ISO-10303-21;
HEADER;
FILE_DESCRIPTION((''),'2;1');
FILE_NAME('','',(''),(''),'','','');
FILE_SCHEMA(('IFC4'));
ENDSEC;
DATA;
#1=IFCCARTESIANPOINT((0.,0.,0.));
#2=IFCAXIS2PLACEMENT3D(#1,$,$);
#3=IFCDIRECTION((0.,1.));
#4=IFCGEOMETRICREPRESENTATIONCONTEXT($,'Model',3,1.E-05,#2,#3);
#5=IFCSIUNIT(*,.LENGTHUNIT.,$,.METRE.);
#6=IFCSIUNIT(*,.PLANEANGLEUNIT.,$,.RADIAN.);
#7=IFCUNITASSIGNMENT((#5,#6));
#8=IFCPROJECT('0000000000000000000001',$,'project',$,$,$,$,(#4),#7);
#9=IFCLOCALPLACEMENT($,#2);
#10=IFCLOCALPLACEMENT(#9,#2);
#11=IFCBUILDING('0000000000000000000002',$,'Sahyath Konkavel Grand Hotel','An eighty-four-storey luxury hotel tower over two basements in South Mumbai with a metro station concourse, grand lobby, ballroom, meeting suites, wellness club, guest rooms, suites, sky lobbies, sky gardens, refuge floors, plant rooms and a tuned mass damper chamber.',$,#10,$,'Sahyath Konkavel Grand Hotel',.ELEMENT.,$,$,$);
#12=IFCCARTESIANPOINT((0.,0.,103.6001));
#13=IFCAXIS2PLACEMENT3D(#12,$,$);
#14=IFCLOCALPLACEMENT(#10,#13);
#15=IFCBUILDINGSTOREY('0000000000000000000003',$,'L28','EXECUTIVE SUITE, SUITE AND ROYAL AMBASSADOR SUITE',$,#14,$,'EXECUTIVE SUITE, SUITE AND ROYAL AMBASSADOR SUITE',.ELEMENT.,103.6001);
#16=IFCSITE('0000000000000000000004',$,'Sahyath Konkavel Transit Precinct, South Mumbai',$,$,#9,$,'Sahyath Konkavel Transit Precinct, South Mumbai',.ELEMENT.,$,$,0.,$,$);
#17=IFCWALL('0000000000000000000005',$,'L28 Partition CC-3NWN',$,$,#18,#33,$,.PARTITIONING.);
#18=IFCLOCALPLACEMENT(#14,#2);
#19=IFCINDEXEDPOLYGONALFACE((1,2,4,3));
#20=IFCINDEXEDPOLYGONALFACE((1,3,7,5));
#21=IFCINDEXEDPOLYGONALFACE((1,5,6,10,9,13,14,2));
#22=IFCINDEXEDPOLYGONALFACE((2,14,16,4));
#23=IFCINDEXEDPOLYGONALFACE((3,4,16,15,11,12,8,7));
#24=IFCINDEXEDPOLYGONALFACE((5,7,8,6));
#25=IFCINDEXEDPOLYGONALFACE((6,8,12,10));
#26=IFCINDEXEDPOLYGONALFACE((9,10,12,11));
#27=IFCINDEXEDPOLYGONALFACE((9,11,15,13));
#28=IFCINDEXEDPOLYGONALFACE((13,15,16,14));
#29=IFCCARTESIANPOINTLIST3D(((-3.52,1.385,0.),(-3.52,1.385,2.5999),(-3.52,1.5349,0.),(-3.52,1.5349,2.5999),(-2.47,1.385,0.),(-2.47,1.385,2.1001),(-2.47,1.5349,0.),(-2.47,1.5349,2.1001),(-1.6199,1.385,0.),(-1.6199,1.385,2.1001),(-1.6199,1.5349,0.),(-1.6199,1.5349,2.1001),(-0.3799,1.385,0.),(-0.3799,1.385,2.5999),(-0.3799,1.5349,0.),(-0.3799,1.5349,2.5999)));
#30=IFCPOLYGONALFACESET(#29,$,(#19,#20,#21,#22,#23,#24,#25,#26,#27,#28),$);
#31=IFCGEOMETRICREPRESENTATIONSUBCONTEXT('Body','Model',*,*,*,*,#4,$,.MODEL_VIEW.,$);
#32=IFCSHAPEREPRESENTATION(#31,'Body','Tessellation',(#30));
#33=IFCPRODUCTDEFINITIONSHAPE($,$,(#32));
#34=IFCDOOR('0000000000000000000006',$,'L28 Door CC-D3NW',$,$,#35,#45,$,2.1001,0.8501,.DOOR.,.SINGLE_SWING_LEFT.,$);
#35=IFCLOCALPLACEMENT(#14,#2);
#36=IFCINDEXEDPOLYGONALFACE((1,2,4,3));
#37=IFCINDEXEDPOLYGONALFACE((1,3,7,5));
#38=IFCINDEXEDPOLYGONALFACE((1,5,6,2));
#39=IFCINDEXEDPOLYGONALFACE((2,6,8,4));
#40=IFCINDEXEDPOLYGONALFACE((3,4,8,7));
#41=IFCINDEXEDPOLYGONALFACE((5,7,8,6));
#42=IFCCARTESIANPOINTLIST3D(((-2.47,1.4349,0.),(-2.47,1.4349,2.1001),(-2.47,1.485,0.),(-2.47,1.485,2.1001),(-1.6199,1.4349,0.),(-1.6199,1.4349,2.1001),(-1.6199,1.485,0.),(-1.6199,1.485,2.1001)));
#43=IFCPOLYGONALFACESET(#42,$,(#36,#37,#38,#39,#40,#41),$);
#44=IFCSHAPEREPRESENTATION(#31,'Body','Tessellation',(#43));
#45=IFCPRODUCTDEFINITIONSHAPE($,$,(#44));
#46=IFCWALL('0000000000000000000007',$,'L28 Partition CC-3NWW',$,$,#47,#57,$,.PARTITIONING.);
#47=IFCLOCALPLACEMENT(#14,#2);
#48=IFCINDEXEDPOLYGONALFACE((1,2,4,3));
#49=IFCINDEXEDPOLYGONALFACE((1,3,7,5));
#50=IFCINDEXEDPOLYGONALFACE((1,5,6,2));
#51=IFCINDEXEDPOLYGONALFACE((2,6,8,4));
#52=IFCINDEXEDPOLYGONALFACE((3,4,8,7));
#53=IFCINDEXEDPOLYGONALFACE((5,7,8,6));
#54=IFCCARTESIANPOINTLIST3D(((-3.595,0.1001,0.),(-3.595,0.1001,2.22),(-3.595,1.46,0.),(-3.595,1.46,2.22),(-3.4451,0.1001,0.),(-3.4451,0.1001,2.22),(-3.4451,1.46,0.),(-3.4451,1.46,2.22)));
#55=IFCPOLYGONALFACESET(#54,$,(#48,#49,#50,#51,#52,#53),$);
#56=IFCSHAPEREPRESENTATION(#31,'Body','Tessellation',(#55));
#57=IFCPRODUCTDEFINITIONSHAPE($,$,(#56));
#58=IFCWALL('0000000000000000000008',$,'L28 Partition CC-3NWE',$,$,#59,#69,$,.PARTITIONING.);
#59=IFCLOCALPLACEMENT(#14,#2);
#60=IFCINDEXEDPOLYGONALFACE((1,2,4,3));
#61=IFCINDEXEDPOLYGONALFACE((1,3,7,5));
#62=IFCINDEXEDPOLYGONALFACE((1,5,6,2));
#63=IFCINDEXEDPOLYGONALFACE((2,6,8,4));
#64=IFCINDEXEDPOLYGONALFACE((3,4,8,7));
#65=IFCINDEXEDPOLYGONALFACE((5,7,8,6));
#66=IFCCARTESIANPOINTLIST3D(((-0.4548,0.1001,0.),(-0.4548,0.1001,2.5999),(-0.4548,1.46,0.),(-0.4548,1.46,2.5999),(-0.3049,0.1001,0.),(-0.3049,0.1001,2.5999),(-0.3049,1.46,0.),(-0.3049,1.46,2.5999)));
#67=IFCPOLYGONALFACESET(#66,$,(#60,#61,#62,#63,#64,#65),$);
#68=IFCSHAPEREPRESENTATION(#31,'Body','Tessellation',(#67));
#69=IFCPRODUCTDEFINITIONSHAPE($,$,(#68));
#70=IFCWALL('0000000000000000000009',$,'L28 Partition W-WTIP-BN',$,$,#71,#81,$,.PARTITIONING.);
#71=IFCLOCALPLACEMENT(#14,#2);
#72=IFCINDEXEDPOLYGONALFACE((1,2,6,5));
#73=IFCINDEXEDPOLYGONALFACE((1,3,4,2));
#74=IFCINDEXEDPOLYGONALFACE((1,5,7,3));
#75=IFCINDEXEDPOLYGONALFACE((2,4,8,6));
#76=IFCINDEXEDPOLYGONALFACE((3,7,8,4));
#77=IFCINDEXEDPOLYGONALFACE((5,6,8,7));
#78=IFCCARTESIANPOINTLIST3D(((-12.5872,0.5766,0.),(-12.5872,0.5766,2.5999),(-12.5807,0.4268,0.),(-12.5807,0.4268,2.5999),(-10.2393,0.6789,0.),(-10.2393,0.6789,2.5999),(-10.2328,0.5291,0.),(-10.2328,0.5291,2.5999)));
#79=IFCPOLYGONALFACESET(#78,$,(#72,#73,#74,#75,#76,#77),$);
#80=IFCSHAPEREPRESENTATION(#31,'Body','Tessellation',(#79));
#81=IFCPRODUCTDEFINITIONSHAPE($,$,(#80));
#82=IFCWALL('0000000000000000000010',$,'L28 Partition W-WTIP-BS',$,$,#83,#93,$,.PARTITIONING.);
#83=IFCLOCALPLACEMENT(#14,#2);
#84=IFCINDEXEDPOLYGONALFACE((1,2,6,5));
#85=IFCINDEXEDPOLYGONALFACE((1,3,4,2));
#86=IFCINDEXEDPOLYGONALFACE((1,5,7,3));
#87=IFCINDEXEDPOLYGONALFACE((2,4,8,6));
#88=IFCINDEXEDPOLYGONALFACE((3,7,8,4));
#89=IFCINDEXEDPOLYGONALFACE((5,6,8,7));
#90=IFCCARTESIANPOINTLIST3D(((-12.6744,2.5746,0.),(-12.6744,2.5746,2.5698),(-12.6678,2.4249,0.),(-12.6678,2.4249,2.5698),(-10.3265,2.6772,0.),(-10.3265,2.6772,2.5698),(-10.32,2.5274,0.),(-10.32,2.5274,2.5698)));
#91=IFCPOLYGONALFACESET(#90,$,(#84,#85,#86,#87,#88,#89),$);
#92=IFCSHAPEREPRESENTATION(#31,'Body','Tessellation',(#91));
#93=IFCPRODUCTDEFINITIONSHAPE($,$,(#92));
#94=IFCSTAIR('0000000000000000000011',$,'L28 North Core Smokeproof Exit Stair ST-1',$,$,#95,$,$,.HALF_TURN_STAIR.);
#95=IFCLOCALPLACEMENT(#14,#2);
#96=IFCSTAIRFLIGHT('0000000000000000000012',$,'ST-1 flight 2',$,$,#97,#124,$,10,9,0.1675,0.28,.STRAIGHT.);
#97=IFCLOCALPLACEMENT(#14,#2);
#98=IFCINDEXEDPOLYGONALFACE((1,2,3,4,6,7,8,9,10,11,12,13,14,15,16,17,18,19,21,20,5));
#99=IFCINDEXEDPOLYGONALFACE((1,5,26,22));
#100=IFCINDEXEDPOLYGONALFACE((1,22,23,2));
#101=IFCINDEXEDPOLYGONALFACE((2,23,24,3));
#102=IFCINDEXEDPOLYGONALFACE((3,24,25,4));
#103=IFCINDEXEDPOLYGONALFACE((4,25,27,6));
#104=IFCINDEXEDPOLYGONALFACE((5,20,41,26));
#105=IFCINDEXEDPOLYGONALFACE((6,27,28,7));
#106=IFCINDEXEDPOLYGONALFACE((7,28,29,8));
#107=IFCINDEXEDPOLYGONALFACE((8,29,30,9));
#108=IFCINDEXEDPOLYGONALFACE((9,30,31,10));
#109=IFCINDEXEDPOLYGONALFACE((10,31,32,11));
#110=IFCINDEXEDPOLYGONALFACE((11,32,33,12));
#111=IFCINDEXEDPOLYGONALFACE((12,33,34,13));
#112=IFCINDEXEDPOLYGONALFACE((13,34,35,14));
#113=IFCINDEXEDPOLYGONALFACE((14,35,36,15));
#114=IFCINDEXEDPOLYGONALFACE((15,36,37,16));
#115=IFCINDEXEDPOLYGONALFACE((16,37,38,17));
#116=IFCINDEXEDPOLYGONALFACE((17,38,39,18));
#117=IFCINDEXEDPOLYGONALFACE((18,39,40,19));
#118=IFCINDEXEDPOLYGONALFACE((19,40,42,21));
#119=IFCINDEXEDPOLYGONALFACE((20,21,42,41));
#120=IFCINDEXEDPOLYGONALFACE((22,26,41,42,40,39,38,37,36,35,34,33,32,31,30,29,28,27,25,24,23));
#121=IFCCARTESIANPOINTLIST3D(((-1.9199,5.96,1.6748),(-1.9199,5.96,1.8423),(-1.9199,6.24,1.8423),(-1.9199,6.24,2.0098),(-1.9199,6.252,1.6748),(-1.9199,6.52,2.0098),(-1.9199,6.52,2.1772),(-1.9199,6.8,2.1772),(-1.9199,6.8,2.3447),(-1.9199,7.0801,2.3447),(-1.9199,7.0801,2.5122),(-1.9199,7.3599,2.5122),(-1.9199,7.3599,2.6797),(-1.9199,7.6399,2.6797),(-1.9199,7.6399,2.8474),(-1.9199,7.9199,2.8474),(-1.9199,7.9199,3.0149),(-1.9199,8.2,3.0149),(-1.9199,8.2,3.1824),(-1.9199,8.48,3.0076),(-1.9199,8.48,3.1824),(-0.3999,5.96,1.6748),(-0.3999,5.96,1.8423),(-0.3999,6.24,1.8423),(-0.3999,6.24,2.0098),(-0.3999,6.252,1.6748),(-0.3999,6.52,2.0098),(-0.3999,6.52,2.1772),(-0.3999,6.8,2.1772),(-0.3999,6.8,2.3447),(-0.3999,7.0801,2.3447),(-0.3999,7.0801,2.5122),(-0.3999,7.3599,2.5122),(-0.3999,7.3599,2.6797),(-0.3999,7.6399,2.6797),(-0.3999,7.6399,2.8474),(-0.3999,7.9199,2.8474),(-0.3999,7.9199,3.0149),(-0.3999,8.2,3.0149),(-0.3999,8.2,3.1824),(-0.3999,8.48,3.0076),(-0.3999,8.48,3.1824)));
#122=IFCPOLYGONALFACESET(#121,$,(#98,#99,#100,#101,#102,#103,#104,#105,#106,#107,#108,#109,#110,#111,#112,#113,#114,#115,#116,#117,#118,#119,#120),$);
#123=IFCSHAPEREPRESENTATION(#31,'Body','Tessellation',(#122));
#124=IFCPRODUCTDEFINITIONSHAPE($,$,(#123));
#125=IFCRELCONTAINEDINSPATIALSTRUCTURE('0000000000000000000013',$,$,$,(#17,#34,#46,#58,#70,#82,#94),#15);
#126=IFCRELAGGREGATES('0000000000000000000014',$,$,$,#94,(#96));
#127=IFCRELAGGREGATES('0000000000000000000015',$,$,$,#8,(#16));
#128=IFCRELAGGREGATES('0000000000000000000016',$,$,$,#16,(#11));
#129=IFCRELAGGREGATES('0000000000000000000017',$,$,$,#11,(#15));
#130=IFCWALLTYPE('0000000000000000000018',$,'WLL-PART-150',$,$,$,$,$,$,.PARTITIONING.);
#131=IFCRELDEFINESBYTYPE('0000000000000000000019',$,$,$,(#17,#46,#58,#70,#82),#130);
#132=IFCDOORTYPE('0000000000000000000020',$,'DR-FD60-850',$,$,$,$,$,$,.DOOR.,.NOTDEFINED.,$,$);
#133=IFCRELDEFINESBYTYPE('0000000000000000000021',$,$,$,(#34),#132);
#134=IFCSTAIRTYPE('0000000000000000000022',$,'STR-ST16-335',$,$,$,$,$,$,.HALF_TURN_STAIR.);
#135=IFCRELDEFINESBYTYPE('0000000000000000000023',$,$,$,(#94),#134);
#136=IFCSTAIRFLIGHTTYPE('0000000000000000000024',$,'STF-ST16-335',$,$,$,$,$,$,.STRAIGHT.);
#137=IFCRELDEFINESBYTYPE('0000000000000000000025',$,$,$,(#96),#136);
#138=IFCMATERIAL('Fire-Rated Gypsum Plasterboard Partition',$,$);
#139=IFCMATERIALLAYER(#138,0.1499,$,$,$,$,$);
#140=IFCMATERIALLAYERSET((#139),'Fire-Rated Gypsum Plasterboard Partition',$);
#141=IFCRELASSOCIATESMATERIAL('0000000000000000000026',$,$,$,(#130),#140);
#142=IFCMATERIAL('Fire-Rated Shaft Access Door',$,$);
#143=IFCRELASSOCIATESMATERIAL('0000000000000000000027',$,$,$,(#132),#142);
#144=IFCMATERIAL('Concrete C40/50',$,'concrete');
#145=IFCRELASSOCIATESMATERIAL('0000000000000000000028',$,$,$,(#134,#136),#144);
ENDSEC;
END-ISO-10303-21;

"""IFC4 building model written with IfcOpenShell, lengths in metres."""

from ifc_helpers import new_model, si_unit, direction, frame, frame_2d, origin, origin_2d, place, context, subcontext, project, spatial, polyline, rectangle, outline, extrude, source, transform, mapped, material, layer, layer_set, type_object, element, fill, aggregate, save


model = new_model("IFC4")

# Units and contexts
model_context = context("Model", 3, precision=1e-05, world=origin(), true_north=direction((0.0, 1.0)))
body_context = subcontext(model_context, "Body", "Model", "MODEL_VIEW")
ifc_project = project(units=[si_unit("LENGTHUNIT", "METRE"), si_unit("PLANEANGLEUNIT", "RADIAN")], contexts=[model_context])

# Site, building, storey
site_placement = place(None, origin())
site = spatial("IfcSite", under=ifc_project, at=site_placement, Name="Sahyath Konkavel Transit Precinct, South Mumbai", LongName="Sahyath Konkavel Transit Precinct, South Mumbai", CompositionType="ELEMENT", RefElevation=0.0)
building_placement = place(site_placement, origin())
building = spatial("IfcBuilding", under=site, at=building_placement, Name="Sahyath Konkavel Grand Hotel", Description="An eighty-four-storey luxury hotel tower over two basements in South Mumbai with a metro station concourse, grand lobby, ballroom, meeting suites, wellness club, guest rooms, suites, sky lobbies, sky gardens, refuge floors, plant rooms and a tuned mass damper chamber.", LongName="Sahyath Konkavel Grand Hotel", CompositionType="ELEMENT")
storey_placement = place(building_placement, frame((0.0, 0.0, 103.6001)))
storey = spatial("IfcBuildingStorey", under=building, at=storey_placement, Name="L28", Description="EXECUTIVE SUITE, SUITE AND ROYAL AMBASSADOR SUITE", LongName="EXECUTIVE SUITE, SUITE AND ROYAL AMBASSADOR SUITE", CompositionType="ELEMENT", Elevation=103.6001)

# Shared definitions
ifc_material_1 = material(Name="Concrete C40/50", Category="concrete")
ifc_material_2 = material(Name="Fire-Rated Gypsum Plasterboard Partition")
ifc_layer_1 = layer(ifc_material_2, 0.1499)
ifc_layer_set_1 = layer_set([ifc_layer_1], Name="Fire-Rated Gypsum Plasterboard Partition")
wall_type_1 = type_object("IfcWallType", Name="WLL-PART-150", PredefinedType="PARTITIONING", material=ifc_layer_set_1)

# Wall, opening, door
wall_1_placement = place(storey_placement, frame((-3.52, 1.46, 0.0), z_axis=(0.0, 0.0, 1.0), x_axis=(1.0, 0.0, 0.0)))
wall_1 = element("IfcWall", 1, at=wall_1_placement, inside=storey, type_object=wall_type_1, Name="L28 Partition CC-3NWN", PredefinedType="PARTITIONING", context=body_context, shape_type="SweptSolid", body=[
    extrude(rectangle(XDim=3.1401, YDim=0.1499, at=frame_2d((1.5701, 0.0))), origin(), (0.0, 0.0, 1.0), 2.5999),
])
opening_placement = place(wall_1_placement, frame((1.05, 0.0, 0.0)))
opening = element("IfcOpeningElement", 2, at=opening_placement, cuts=wall_1, PredefinedType="OPENING", context=body_context, shape_type="SweptSolid", body=[
    extrude(rectangle(XDim=0.8501, YDim=2.1001, at=frame_2d((0.425, 1.05))), frame((0.0, 0.085, 0.0), z_axis=(0.0, -1.0, 0.0), x_axis=(1.0, 0.0, 0.0)), (0.0, 0.0, 1.0), 0.1699),
])
ifc_material_3 = material(Name="Fire-Rated Shaft Access Door")
door_type = type_object("IfcDoorType", Name="DR-FD60-850", OperationType="NOTDEFINED", PredefinedType="DOOR", material=ifc_material_3)
shared_shape_1 = source(origin(), body_context, "Body", "SweptSolid", [
    extrude(rectangle(XDim=0.8501, YDim=0.05, at=origin_2d()), origin(), (0.0, 0.0, 1.0), 2.1001),
])
door_placement = place(opening_placement, frame((0.425, 0.0, 0.0)))
door = element("IfcDoor", 3, at=door_placement, inside=storey, type_object=door_type, Name="L28 Door CC-D3NW", OperationType="SINGLE_SWING_LEFT", OverallHeight=2.1001, OverallWidth=0.8501, PredefinedType="DOOR", context=body_context, shape_type="MappedRepresentation", body=[
    mapped(shared_shape_1, transform((0.0, 0.0, 0.0), scale=1.0)),
])
fill(opening, door)

# Walls
wall_2_placement = place(storey_placement, frame((-3.52, 0.1001, 0.0), z_axis=(0.0, 0.0, 1.0), x_axis=(0.0, 1.0, 0.0)))
element("IfcWall", 4, at=wall_2_placement, inside=storey, type_object=wall_type_1, Name="L28 Partition CC-3NWW", PredefinedType="PARTITIONING", context=body_context, shape_type="SweptSolid", body=[
    extrude(rectangle(XDim=1.3599, YDim=0.1499, at=frame_2d((0.6799, 0.0))), origin(), (0.0, 0.0, 1.0), 2.22),
])
wall_3_placement = place(storey_placement, frame((-0.3799, 0.1001, 0.0), z_axis=(0.0, 0.0, 1.0), x_axis=(0.0, 1.0, 0.0)))
element("IfcWall", 5, at=wall_3_placement, inside=storey, type_object=wall_type_1, Name="L28 Partition CC-3NWE", PredefinedType="PARTITIONING", context=body_context, shape_type="SweptSolid", body=[
    extrude(rectangle(XDim=1.3599, YDim=0.1499, at=frame_2d((0.6799, 0.0))), origin(), (0.0, 0.0, 1.0), 2.5999),
])
wall_4_placement = place(storey_placement, frame((-10.2361, 0.604, 0.0), z_axis=(0.0, 0.0, 1.0), x_axis=(-0.999052, -0.043527, 0.0)))
element("IfcWall", 6, at=wall_4_placement, inside=storey, type_object=wall_type_1, Name="L28 Partition W-WTIP-BN", PredefinedType="PARTITIONING", context=body_context, shape_type="SweptSolid", body=[
    extrude(rectangle(XDim=2.3501, YDim=0.1499, at=frame_2d((1.175, 0.0))), origin(), (0.0, 0.0, 1.0), 2.5999),
])
wall_5_placement = place(storey_placement, frame((-10.3232, 2.6023, 0.0), z_axis=(0.0, 0.0, 1.0), x_axis=(-0.999048, -0.043631, 0.0)))
element("IfcWall", 7, at=wall_5_placement, inside=storey, type_object=wall_type_1, Name="L28 Partition W-WTIP-BS", PredefinedType="PARTITIONING", context=body_context, shape_type="SweptSolid", body=[
    extrude(rectangle(XDim=2.3501, YDim=0.1499, at=frame_2d((1.175, 0.0))), origin(), (0.0, 0.0, 1.0), 2.5698),
])

# Stair, stair flight
stair_type = type_object("IfcStairType", Name="STR-ST16-335", PredefinedType="HALF_TURN_STAIR", material=ifc_material_1)
stair_placement = place(storey_placement, origin())
stair = element("IfcStair", 8, at=stair_placement, inside=storey, type_object=stair_type, Name="L28 North Core Smokeproof Exit Stair ST-1", PredefinedType="HALF_TURN_STAIR")
stair_flight_type = type_object("IfcStairFlightType", Name="STF-ST16-335", PredefinedType="STRAIGHT", material=ifc_material_1)
stair_flight_placement = place(storey_placement, frame((-1.1599, 5.96, 1.6748), z_axis=(0.0, 0.0, 1.0), x_axis=(0.0, 1.0, 0.0)))
stair_flight = element("IfcStairFlight", 9, at=stair_flight_placement, type_object=stair_flight_type, Name="ST-1 flight 2", NumberOfRisers=10, NumberOfTreads=9, PredefinedType="STRAIGHT", RiserHeight=0.1675, TreadLength=0.28, context=body_context, shape_type="SweptSolid", body=[
    extrude(outline(polyline([(0.0, 0.0), (0.0, 0.1675), (0.28, 0.1675), (0.28, 0.335), (0.5601, 0.335), (0.5601, 0.5024), (0.8401, 0.5024), (0.8401, 0.6699), (1.1201, 0.6699), (1.1201, 0.8374), (1.3999, 0.8374), (1.3999, 1.0049), (1.6799, 1.0049), (1.6799, 1.1726), (1.96, 1.1726), (1.96, 1.3401), (2.24, 1.3401), (2.24, 1.5076), (2.52, 1.5076), (2.52, 1.675), (2.52, 1.3328), (0.292, 0.0), (0.0, 0.0)])), frame((0.0, 0.76, 0.0), z_axis=(0.0, -1.0, 0.0), x_axis=(1.0, 0.0, 0.0)), (0.0, 0.0, 1.0), 1.52),
])
aggregate(stair, [stair_flight])

save(model, "model.ifc")
